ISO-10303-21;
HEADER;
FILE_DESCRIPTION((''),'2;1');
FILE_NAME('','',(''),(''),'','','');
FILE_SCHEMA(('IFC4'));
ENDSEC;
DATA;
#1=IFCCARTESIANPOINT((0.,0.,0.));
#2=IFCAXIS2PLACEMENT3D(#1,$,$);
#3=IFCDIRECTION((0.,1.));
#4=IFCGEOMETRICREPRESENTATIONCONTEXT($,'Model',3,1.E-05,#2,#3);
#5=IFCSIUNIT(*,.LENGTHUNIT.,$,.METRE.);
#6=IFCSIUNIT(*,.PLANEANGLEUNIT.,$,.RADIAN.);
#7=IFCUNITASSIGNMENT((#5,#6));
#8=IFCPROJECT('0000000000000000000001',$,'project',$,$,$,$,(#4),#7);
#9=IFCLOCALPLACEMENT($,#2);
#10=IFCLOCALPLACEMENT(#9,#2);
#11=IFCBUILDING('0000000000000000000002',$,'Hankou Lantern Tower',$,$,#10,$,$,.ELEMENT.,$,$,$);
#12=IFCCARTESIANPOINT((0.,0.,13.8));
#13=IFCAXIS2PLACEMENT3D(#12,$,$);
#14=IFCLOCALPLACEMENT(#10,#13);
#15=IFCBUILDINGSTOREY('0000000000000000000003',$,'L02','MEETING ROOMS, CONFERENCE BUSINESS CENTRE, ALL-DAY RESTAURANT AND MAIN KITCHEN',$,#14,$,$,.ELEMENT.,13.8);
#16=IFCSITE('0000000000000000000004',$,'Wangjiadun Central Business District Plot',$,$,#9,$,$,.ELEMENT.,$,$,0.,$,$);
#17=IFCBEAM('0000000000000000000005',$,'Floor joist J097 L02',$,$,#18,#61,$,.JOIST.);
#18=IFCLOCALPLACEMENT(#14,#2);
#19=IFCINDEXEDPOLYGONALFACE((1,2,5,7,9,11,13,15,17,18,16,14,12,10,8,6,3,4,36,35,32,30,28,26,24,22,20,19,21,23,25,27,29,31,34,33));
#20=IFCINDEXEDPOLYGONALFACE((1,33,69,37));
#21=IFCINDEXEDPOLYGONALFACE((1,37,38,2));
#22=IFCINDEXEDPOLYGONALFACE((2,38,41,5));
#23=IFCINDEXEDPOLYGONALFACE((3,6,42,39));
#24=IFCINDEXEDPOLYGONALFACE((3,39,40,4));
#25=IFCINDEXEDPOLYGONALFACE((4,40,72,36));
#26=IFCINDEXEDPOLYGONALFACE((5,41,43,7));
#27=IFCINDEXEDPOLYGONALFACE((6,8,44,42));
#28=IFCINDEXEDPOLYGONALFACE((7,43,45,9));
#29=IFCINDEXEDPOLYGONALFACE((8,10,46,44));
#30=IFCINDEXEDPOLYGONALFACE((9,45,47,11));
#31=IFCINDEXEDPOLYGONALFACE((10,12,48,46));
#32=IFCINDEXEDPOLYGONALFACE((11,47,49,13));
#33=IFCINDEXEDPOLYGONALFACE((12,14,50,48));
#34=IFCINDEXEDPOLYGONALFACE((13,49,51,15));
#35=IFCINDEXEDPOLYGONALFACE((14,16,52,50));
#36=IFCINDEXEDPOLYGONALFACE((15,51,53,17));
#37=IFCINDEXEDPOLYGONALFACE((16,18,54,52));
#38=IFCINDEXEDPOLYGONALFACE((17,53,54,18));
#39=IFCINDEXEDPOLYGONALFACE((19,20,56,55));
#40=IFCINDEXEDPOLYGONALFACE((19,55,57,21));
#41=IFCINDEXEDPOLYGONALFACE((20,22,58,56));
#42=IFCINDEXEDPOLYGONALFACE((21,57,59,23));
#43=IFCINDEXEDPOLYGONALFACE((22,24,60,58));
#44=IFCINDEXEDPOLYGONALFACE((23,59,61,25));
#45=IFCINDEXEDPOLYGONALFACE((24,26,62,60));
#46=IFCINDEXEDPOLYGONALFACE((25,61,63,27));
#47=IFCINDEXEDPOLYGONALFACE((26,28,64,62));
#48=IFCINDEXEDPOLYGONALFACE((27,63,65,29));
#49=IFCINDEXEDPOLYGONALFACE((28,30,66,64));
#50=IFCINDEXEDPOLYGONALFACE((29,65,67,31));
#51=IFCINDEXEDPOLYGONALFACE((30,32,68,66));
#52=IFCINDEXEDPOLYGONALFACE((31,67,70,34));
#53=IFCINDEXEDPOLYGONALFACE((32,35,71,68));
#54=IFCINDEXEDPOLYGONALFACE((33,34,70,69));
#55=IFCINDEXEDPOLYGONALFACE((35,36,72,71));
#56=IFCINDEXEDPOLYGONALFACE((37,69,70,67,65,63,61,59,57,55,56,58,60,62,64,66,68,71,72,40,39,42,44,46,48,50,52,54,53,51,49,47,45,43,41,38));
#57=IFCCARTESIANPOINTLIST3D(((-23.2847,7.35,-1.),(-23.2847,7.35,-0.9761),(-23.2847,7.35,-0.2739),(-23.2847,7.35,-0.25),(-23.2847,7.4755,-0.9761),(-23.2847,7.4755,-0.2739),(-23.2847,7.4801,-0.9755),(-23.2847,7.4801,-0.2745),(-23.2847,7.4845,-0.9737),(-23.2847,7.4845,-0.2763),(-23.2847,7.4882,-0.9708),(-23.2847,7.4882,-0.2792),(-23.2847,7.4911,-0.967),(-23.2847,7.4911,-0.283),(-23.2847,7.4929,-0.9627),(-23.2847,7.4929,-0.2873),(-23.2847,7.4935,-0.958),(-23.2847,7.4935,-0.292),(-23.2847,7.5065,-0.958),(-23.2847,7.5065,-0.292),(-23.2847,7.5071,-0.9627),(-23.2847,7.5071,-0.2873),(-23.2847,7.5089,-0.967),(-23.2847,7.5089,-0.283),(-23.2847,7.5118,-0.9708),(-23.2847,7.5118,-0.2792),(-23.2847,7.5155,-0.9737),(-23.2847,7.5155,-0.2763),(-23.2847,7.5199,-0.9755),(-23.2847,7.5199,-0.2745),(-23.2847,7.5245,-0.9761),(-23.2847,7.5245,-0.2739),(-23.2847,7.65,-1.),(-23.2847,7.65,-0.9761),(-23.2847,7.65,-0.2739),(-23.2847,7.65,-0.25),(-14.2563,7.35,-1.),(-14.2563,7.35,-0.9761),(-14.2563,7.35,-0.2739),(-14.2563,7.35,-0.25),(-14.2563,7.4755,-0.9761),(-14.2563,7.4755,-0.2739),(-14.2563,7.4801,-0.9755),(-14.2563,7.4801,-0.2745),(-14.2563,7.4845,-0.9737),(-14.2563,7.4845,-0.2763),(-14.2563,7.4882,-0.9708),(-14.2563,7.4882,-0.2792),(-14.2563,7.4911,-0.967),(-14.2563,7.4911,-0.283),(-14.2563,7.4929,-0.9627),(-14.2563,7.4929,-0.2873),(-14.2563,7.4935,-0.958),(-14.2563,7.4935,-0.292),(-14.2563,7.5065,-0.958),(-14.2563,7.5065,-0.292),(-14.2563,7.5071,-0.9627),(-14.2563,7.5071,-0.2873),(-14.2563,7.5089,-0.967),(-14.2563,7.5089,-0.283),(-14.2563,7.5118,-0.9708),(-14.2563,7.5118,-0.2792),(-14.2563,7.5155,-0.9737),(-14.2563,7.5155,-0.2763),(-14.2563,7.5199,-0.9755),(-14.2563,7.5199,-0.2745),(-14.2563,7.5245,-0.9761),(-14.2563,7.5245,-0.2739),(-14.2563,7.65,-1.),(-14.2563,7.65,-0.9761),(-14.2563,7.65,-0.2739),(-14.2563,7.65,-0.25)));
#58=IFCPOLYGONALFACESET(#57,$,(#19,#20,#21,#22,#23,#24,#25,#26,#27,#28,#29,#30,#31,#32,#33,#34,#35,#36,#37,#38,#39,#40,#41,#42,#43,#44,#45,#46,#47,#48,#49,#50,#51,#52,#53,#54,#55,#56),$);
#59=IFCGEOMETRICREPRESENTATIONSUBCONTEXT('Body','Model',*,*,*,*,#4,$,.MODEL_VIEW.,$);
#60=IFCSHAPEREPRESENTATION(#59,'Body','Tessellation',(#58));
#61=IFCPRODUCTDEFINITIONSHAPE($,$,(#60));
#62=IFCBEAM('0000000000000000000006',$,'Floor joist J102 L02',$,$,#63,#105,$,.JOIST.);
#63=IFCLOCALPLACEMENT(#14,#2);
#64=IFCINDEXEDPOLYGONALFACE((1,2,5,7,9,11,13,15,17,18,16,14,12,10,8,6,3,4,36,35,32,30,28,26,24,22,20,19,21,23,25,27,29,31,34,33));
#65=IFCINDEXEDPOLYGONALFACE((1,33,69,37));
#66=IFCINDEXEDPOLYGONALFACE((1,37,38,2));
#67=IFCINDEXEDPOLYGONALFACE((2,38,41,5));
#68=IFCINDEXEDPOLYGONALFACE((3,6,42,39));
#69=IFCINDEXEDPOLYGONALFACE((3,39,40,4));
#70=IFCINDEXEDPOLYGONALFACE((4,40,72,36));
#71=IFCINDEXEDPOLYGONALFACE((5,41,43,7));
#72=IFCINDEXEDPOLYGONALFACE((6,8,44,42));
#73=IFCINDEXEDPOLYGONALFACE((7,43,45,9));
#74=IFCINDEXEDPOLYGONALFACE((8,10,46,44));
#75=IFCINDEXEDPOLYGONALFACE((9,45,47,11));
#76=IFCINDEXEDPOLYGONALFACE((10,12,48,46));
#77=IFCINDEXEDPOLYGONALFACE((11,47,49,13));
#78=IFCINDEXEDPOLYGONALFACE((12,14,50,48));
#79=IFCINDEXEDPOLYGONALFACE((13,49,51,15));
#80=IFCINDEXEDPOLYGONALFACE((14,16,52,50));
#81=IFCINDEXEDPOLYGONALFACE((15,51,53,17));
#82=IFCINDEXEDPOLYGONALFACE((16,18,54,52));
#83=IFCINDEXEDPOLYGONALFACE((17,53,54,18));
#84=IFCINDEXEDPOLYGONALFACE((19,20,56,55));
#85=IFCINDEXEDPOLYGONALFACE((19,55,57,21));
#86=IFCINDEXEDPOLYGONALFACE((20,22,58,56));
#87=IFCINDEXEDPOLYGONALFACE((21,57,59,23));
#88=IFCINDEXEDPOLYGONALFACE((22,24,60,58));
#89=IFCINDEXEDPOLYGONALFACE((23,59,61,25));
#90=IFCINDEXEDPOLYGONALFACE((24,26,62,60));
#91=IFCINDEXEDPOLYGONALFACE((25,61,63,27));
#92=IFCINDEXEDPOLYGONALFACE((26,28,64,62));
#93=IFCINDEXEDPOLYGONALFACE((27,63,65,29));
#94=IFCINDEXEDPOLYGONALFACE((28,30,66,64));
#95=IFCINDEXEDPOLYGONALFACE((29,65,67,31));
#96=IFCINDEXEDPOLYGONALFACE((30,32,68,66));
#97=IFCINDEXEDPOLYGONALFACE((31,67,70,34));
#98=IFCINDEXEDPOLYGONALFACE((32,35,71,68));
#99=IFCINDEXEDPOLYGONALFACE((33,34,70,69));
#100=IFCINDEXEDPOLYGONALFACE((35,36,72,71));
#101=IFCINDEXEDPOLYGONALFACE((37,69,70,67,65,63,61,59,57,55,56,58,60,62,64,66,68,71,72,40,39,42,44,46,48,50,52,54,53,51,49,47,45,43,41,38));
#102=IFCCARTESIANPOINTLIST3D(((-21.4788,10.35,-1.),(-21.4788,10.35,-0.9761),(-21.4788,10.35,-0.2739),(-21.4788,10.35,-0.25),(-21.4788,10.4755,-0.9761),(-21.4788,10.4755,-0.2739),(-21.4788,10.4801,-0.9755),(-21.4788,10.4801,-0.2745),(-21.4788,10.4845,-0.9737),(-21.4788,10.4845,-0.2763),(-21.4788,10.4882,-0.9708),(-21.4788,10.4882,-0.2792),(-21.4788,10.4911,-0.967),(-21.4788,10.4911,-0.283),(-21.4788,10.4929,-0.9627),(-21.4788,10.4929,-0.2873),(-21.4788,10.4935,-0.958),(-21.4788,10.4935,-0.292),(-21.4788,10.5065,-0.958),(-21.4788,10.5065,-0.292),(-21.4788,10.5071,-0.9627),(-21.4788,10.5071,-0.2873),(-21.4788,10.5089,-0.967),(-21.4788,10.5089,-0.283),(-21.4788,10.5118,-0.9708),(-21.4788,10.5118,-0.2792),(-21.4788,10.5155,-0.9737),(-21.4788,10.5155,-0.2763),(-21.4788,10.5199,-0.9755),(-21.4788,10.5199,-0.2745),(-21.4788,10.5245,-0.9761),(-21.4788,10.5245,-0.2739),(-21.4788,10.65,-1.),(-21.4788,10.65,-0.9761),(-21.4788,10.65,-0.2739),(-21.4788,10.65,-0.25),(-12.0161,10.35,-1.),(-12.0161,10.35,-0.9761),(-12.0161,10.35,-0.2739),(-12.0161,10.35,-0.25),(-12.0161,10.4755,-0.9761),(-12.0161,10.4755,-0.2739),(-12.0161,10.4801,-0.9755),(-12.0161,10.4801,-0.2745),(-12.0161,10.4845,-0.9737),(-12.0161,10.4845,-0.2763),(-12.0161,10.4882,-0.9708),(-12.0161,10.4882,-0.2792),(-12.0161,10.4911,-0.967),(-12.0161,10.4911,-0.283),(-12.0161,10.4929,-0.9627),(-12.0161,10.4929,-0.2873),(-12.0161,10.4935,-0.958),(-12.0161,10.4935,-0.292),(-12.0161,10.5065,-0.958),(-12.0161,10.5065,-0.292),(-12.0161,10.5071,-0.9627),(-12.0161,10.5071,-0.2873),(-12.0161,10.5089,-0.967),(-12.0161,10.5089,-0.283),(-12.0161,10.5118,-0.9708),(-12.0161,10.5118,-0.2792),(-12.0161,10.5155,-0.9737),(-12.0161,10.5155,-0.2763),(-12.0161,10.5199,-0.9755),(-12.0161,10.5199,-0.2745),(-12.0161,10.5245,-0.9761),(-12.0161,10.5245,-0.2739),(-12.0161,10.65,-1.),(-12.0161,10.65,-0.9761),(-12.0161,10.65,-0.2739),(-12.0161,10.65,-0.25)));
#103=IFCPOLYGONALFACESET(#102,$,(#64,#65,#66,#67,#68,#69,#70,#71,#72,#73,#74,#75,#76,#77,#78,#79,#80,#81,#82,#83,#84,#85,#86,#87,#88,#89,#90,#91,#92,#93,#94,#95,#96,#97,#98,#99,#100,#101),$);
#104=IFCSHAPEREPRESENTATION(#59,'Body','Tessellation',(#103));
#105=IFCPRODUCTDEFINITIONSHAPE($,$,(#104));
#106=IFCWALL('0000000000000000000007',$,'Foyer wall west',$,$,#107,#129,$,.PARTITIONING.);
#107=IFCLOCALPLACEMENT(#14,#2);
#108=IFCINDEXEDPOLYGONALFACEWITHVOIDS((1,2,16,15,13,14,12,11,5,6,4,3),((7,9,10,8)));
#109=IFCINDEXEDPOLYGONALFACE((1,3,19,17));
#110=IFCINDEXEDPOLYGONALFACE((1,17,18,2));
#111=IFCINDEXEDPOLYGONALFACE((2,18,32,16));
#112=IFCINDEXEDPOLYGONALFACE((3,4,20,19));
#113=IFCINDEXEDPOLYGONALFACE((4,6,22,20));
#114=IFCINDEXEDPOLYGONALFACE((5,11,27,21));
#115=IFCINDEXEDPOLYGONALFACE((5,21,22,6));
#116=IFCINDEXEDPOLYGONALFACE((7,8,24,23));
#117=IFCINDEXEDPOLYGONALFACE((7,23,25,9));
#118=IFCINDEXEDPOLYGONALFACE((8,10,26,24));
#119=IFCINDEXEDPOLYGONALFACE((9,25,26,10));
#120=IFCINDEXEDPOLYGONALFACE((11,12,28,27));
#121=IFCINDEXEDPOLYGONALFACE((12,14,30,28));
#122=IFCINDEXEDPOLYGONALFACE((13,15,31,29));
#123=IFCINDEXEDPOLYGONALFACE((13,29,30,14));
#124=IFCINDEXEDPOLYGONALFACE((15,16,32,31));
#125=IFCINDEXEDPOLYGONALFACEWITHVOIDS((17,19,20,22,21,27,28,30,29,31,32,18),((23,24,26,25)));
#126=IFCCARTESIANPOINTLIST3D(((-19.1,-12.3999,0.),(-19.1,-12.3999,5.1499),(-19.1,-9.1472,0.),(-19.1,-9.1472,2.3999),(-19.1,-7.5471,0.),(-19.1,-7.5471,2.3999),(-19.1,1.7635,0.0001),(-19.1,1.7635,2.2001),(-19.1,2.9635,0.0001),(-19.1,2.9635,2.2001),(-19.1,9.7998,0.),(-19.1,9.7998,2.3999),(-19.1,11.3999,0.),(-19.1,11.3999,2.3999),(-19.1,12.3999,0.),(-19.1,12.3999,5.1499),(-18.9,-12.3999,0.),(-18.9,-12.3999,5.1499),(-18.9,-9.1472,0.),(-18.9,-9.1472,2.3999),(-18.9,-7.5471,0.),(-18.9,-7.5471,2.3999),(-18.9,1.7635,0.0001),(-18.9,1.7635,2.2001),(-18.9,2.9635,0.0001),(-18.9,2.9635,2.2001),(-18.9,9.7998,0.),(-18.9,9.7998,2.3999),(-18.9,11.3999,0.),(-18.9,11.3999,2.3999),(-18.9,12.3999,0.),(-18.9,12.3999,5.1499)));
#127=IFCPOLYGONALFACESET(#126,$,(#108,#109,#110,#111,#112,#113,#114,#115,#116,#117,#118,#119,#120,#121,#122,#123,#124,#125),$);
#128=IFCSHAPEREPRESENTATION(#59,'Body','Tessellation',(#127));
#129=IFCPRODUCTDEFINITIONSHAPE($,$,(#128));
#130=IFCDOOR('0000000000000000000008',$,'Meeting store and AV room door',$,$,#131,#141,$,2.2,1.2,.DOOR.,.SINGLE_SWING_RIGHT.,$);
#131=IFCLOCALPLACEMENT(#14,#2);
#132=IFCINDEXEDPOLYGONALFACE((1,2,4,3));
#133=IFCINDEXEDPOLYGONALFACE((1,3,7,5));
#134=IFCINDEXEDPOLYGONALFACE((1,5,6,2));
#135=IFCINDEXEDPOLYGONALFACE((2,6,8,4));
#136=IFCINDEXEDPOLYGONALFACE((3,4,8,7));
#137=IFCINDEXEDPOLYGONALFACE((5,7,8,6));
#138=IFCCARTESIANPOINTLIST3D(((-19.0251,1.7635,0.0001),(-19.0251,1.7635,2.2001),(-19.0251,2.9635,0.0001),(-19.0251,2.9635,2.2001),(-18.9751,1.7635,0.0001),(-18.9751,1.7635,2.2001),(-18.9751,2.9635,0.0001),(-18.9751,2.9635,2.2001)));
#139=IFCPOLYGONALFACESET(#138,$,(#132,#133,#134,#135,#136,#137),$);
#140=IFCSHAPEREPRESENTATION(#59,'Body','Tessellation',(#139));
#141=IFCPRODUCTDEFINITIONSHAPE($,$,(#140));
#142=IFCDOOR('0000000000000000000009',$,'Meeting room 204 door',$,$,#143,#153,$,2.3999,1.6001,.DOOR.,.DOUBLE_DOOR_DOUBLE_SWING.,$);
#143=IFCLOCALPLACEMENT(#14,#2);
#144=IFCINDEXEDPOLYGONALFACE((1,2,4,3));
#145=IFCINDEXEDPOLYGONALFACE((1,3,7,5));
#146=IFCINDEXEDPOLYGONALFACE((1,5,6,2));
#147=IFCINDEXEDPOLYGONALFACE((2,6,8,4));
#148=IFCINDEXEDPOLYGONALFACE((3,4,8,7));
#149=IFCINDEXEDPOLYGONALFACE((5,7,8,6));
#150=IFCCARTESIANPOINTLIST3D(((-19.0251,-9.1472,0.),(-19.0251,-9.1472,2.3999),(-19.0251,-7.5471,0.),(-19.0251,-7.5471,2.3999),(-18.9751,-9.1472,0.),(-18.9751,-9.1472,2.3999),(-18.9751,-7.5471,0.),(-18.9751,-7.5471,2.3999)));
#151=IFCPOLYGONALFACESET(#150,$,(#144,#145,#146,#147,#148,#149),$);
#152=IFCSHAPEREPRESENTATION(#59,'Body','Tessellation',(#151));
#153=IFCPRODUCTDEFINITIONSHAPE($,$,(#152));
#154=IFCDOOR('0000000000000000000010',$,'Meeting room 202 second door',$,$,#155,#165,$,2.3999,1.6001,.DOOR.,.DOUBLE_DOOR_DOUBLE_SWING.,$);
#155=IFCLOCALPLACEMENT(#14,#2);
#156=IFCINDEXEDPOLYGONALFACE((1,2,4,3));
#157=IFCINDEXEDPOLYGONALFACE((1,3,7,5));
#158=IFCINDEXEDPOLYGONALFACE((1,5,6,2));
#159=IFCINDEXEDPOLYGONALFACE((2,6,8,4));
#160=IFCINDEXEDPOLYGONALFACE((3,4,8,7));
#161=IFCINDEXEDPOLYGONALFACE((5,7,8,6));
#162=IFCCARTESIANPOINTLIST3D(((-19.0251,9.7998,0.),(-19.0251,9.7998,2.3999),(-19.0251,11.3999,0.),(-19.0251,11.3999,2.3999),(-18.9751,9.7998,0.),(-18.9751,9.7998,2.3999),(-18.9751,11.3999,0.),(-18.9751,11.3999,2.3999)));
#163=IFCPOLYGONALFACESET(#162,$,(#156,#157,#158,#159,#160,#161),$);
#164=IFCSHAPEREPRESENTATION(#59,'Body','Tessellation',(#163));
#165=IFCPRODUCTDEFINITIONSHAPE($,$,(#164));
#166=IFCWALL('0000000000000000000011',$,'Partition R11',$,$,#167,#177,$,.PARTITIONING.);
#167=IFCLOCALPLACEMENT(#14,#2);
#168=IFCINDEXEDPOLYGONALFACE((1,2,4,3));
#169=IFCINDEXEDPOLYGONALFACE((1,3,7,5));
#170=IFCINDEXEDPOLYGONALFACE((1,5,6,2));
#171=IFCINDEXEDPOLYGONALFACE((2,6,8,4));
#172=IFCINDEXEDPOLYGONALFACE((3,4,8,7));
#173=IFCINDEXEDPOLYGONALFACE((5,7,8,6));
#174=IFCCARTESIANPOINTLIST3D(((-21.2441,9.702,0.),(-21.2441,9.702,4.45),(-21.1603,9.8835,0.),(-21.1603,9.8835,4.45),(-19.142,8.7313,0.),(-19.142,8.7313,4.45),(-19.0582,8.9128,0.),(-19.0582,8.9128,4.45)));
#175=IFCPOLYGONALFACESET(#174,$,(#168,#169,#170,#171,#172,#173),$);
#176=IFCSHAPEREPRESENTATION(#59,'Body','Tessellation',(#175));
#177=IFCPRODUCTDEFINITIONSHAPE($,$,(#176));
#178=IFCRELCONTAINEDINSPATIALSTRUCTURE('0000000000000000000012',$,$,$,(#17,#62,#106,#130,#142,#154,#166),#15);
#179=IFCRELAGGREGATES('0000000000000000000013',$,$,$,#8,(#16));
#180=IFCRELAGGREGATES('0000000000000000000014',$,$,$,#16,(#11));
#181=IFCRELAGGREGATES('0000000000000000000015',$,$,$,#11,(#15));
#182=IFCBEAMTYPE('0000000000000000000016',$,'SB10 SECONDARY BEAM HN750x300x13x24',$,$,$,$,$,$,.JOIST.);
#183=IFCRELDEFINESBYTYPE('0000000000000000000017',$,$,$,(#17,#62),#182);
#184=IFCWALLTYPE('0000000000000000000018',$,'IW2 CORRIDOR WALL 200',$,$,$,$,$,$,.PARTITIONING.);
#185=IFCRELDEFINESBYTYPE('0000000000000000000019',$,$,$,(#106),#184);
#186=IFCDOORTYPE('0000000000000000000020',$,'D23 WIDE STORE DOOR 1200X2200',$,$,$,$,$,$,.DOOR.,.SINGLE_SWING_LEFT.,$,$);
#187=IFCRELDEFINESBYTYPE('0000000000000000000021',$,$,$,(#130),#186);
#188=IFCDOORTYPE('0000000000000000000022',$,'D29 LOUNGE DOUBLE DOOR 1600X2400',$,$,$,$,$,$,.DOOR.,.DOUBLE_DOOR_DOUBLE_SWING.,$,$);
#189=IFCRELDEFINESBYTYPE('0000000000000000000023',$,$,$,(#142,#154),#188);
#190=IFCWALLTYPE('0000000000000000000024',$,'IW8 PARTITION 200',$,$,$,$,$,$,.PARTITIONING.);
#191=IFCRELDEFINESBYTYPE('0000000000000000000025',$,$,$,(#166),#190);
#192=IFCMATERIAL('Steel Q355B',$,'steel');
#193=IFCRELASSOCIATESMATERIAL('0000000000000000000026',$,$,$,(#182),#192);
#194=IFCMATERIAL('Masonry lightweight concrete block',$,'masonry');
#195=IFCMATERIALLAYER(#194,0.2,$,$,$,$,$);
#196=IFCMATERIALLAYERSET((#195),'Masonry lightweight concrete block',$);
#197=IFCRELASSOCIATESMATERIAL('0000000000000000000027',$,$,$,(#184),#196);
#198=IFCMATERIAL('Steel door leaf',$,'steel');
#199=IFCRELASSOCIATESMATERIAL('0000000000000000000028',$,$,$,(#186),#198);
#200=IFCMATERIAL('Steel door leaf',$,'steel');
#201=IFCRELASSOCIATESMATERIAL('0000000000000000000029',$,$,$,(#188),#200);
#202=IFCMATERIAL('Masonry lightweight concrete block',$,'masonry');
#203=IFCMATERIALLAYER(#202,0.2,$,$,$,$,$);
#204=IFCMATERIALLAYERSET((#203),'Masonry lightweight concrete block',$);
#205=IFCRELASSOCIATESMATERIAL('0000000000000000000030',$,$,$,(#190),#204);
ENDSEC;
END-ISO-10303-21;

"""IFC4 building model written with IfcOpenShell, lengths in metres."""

from ifc_helpers import new_model, si_unit, direction, frame, frame_2d, origin, origin_2d, place, context, subcontext, project, spatial, rectangle, i_section, extrude, material, layer, layer_set, material_profile, profile_set, type_object, element, fill, save


model = new_model("IFC4")

# Units and contexts
model_context = context("Model", 3, precision=1e-05, world=origin(), true_north=direction((0.0, 1.0)))
body_context = subcontext(model_context, "Body", "Model", "MODEL_VIEW")
ifc_project = project(units=[si_unit("LENGTHUNIT", "METRE"), si_unit("PLANEANGLEUNIT", "RADIAN")], contexts=[model_context])

# Site, building, storey
site_placement = place(None, origin())
site = spatial("IfcSite", under=ifc_project, at=site_placement, Name="Wangjiadun Central Business District Plot", CompositionType="ELEMENT", RefElevation=0.0)
building_placement = place(site_placement, origin())
building = spatial("IfcBuilding", under=site, at=building_placement, Name="Hankou Lantern Tower", CompositionType="ELEMENT")
storey_placement = place(building_placement, frame((0.0, 0.0, 13.8)))
storey = spatial("IfcBuildingStorey", under=building, at=storey_placement, Name="L02", Description="MEETING ROOMS, CONFERENCE BUSINESS CENTRE, ALL-DAY RESTAURANT AND MAIN KITCHEN", CompositionType="ELEMENT", Elevation=13.8)

# Beams
ifc_material_1 = material(Name="Steel Q355B", Category="steel")
ifc_material_profile_1 = material_profile(ifc_material_1, i_section(OverallWidth=0.3, OverallDepth=0.75, WebThickness=0.0129, FlangeThickness=0.0239, FilletRadius=0.0181, at=origin_2d()), Name="HN750x300x13x24")
ifc_profile_set_1 = profile_set([ifc_material_profile_1], Name="Steel Q355B")
beam_type_1 = type_object("IfcBeamType", Name="SB10 SECONDARY BEAM HN750x300x13x24", PredefinedType="JOIST", material=ifc_profile_set_1)
beam_1_placement = place(storey_placement, frame((-23.2847, 7.5, -0.625), z_axis=(1.0, 0.0, 0.0), x_axis=(0.0, 1.0, 0.0)))
element("IfcBeam", 1, at=beam_1_placement, inside=storey, type_object=beam_type_1, Name="Floor joist J097 L02", PredefinedType="JOIST", context=body_context, shape_type="SweptSolid", body=[
    extrude(i_section(OverallWidth=0.3, OverallDepth=0.75, WebThickness=0.0129, FlangeThickness=0.0239, FilletRadius=0.0181, at=origin_2d()), origin(), (0.0, 0.0, 1.0), 9.0283),
])
beam_2_placement = place(storey_placement, frame((-21.4788, 10.5, -0.625), z_axis=(1.0, 0.0, 0.0), x_axis=(0.0, 1.0, 0.0)))
element("IfcBeam", 2, at=beam_2_placement, inside=storey, type_object=beam_type_1, Name="Floor joist J102 L02", PredefinedType="JOIST", context=body_context, shape_type="SweptSolid", body=[
    extrude(i_section(OverallWidth=0.3, OverallDepth=0.75, WebThickness=0.0129, FlangeThickness=0.0239, FilletRadius=0.0181, at=origin_2d()), origin(), (0.0, 0.0, 1.0), 9.4626),
])

# Wall, openings, doors
ifc_material_2 = material(Name="Masonry lightweight concrete block", Category="masonry")
ifc_layer_1 = layer(ifc_material_2, 0.2)
ifc_layer_set_1 = layer_set([ifc_layer_1], Name="Masonry lightweight concrete block")
wall_type_1 = type_object("IfcWallType", Name="IW2 CORRIDOR WALL 200", PredefinedType="PARTITIONING", material=ifc_layer_set_1)
wall_1_placement = place(storey_placement, frame((-19.0, 12.3999, 0.0), z_axis=(0.0, 0.0, 1.0), x_axis=(0.0, -1.0, 0.0)))
wall_1 = element("IfcWall", 3, at=wall_1_placement, inside=storey, type_object=wall_type_1, Name="Foyer wall west", PredefinedType="PARTITIONING", context=body_context, shape_type="SweptSolid", body=[
    extrude(rectangle(XDim=24.7998, YDim=0.2, at=frame_2d((12.3999, 0.0))), origin(), (0.0, 0.0, 1.0), 5.1499),
])
opening_1_placement = place(wall_1_placement, frame((9.4363, 0.0, 0.0)))
opening_1 = element("IfcOpeningElement", 4, at=opening_1_placement, cuts=wall_1, PredefinedType="OPENING", context=body_context, shape_type="SweptSolid", body=[
    extrude(rectangle(XDim=1.2, YDim=2.2, at=frame_2d((0.6001, 1.1001))), frame((0.0, 0.1099, 0.0), z_axis=(0.0, -1.0, 0.0), x_axis=(1.0, 0.0, 0.0)), (0.0, 0.0, 1.0), 0.22),
])
opening_2_placement = place(wall_1_placement, frame((19.947, 0.0, 0.0)))
opening_2 = element("IfcOpeningElement", 5, at=opening_2_placement, cuts=wall_1, PredefinedType="OPENING", context=body_context, shape_type="SweptSolid", body=[
    extrude(rectangle(XDim=1.6001, YDim=2.3999, at=frame_2d((0.8, 1.2))), frame((0.0, 0.1099, 0.0), z_axis=(0.0, -1.0, 0.0), x_axis=(1.0, 0.0, 0.0)), (0.0, 0.0, 1.0), 0.22),
])
opening_3_placement = place(wall_1_placement, frame((1.0, 0.0, 0.0)))
opening_3 = element("IfcOpeningElement", 6, at=opening_3_placement, cuts=wall_1, PredefinedType="OPENING", context=body_context, shape_type="SweptSolid", body=[
    extrude(rectangle(XDim=1.6001, YDim=2.3999, at=frame_2d((0.8, 1.2))), frame((0.0, 0.1099, 0.0), z_axis=(0.0, -1.0, 0.0), x_axis=(1.0, 0.0, 0.0)), (0.0, 0.0, 1.0), 0.22),
])
ifc_material_3 = material(Name="Steel door leaf", Category="steel")
door_type_1 = type_object("IfcDoorType", Name="D23 WIDE STORE DOOR 1200X2200", OperationType="SINGLE_SWING_LEFT", PredefinedType="DOOR", material=ifc_material_3)
door_1_placement = place(opening_1_placement, origin())
door_1 = element("IfcDoor", 7, at=door_1_placement, inside=storey, type_object=door_type_1, Name="Meeting store and AV room door", OperationType="SINGLE_SWING_RIGHT", OverallHeight=2.2, OverallWidth=1.2, PredefinedType="DOOR", context=body_context, shape_type="SweptSolid", body=[
    extrude(rectangle(XDim=1.2, YDim=2.2, at=frame_2d((0.6001, 1.1001))), frame((0.0, 0.0249, 0.0), z_axis=(0.0, -1.0, 0.0), x_axis=(1.0, 0.0, 0.0)), (0.0, 0.0, 1.0), 0.05),
])
fill(opening_1, door_1)
ifc_material_4 = material(Name="Steel door leaf", Category="steel")
door_type_2 = type_object("IfcDoorType", Name="D29 LOUNGE DOUBLE DOOR 1600X2400", OperationType="DOUBLE_DOOR_DOUBLE_SWING", PredefinedType="DOOR", material=ifc_material_4)
door_2_placement = place(opening_2_placement, origin())
door_2 = element("IfcDoor", 8, at=door_2_placement, inside=storey, type_object=door_type_2, Name="Meeting room 204 door", OperationType="DOUBLE_DOOR_DOUBLE_SWING", OverallHeight=2.3999, OverallWidth=1.6001, PredefinedType="DOOR", context=body_context, shape_type="SweptSolid", body=[
    extrude(rectangle(XDim=1.6001, YDim=2.3999, at=frame_2d((0.8, 1.2))), frame((0.0, 0.0249, 0.0), z_axis=(0.0, -1.0, 0.0), x_axis=(1.0, 0.0, 0.0)), (0.0, 0.0, 1.0), 0.05),
])
fill(opening_2, door_2)
door_3_placement = place(opening_3_placement, origin())
door_3 = element("IfcDoor", 9, at=door_3_placement, inside=storey, type_object=door_type_2, Name="Meeting room 202 second door", OperationType="DOUBLE_DOOR_DOUBLE_SWING", OverallHeight=2.3999, OverallWidth=1.6001, PredefinedType="DOOR", context=body_context, shape_type="SweptSolid", body=[
    extrude(rectangle(XDim=1.6001, YDim=2.3999, at=frame_2d((0.8, 1.2))), frame((0.0, 0.0249, 0.0), z_axis=(0.0, -1.0, 0.0), x_axis=(1.0, 0.0, 0.0)), (0.0, 0.0, 1.0), 0.05),
])
fill(opening_3, door_3)

# Wall
ifc_material_5 = material(Name="Masonry lightweight concrete block", Category="masonry")
ifc_layer_2 = layer(ifc_material_5, 0.2)
ifc_layer_set_2 = layer_set([ifc_layer_2], Name="Masonry lightweight concrete block")
wall_type_2 = type_object("IfcWallType", Name="IW8 PARTITION 200", PredefinedType="PARTITIONING", material=ifc_layer_set_2)
wall_2_placement = place(storey_placement, frame((-19.1001, 8.822, 0.0), z_axis=(0.0, 0.0, 1.0), x_axis=(-0.907873, 0.419245, 0.0)))
element("IfcWall", 10, at=wall_2_placement, inside=storey, type_object=wall_type_2, Name="Partition R11", PredefinedType="PARTITIONING", context=body_context, shape_type="SweptSolid", body=[
    extrude(rectangle(XDim=2.3154, YDim=0.2, at=frame_2d((1.1577, 0.0))), origin(), (0.0, 0.0, 1.0), 4.45),
])

save(model, "model.ifc")
